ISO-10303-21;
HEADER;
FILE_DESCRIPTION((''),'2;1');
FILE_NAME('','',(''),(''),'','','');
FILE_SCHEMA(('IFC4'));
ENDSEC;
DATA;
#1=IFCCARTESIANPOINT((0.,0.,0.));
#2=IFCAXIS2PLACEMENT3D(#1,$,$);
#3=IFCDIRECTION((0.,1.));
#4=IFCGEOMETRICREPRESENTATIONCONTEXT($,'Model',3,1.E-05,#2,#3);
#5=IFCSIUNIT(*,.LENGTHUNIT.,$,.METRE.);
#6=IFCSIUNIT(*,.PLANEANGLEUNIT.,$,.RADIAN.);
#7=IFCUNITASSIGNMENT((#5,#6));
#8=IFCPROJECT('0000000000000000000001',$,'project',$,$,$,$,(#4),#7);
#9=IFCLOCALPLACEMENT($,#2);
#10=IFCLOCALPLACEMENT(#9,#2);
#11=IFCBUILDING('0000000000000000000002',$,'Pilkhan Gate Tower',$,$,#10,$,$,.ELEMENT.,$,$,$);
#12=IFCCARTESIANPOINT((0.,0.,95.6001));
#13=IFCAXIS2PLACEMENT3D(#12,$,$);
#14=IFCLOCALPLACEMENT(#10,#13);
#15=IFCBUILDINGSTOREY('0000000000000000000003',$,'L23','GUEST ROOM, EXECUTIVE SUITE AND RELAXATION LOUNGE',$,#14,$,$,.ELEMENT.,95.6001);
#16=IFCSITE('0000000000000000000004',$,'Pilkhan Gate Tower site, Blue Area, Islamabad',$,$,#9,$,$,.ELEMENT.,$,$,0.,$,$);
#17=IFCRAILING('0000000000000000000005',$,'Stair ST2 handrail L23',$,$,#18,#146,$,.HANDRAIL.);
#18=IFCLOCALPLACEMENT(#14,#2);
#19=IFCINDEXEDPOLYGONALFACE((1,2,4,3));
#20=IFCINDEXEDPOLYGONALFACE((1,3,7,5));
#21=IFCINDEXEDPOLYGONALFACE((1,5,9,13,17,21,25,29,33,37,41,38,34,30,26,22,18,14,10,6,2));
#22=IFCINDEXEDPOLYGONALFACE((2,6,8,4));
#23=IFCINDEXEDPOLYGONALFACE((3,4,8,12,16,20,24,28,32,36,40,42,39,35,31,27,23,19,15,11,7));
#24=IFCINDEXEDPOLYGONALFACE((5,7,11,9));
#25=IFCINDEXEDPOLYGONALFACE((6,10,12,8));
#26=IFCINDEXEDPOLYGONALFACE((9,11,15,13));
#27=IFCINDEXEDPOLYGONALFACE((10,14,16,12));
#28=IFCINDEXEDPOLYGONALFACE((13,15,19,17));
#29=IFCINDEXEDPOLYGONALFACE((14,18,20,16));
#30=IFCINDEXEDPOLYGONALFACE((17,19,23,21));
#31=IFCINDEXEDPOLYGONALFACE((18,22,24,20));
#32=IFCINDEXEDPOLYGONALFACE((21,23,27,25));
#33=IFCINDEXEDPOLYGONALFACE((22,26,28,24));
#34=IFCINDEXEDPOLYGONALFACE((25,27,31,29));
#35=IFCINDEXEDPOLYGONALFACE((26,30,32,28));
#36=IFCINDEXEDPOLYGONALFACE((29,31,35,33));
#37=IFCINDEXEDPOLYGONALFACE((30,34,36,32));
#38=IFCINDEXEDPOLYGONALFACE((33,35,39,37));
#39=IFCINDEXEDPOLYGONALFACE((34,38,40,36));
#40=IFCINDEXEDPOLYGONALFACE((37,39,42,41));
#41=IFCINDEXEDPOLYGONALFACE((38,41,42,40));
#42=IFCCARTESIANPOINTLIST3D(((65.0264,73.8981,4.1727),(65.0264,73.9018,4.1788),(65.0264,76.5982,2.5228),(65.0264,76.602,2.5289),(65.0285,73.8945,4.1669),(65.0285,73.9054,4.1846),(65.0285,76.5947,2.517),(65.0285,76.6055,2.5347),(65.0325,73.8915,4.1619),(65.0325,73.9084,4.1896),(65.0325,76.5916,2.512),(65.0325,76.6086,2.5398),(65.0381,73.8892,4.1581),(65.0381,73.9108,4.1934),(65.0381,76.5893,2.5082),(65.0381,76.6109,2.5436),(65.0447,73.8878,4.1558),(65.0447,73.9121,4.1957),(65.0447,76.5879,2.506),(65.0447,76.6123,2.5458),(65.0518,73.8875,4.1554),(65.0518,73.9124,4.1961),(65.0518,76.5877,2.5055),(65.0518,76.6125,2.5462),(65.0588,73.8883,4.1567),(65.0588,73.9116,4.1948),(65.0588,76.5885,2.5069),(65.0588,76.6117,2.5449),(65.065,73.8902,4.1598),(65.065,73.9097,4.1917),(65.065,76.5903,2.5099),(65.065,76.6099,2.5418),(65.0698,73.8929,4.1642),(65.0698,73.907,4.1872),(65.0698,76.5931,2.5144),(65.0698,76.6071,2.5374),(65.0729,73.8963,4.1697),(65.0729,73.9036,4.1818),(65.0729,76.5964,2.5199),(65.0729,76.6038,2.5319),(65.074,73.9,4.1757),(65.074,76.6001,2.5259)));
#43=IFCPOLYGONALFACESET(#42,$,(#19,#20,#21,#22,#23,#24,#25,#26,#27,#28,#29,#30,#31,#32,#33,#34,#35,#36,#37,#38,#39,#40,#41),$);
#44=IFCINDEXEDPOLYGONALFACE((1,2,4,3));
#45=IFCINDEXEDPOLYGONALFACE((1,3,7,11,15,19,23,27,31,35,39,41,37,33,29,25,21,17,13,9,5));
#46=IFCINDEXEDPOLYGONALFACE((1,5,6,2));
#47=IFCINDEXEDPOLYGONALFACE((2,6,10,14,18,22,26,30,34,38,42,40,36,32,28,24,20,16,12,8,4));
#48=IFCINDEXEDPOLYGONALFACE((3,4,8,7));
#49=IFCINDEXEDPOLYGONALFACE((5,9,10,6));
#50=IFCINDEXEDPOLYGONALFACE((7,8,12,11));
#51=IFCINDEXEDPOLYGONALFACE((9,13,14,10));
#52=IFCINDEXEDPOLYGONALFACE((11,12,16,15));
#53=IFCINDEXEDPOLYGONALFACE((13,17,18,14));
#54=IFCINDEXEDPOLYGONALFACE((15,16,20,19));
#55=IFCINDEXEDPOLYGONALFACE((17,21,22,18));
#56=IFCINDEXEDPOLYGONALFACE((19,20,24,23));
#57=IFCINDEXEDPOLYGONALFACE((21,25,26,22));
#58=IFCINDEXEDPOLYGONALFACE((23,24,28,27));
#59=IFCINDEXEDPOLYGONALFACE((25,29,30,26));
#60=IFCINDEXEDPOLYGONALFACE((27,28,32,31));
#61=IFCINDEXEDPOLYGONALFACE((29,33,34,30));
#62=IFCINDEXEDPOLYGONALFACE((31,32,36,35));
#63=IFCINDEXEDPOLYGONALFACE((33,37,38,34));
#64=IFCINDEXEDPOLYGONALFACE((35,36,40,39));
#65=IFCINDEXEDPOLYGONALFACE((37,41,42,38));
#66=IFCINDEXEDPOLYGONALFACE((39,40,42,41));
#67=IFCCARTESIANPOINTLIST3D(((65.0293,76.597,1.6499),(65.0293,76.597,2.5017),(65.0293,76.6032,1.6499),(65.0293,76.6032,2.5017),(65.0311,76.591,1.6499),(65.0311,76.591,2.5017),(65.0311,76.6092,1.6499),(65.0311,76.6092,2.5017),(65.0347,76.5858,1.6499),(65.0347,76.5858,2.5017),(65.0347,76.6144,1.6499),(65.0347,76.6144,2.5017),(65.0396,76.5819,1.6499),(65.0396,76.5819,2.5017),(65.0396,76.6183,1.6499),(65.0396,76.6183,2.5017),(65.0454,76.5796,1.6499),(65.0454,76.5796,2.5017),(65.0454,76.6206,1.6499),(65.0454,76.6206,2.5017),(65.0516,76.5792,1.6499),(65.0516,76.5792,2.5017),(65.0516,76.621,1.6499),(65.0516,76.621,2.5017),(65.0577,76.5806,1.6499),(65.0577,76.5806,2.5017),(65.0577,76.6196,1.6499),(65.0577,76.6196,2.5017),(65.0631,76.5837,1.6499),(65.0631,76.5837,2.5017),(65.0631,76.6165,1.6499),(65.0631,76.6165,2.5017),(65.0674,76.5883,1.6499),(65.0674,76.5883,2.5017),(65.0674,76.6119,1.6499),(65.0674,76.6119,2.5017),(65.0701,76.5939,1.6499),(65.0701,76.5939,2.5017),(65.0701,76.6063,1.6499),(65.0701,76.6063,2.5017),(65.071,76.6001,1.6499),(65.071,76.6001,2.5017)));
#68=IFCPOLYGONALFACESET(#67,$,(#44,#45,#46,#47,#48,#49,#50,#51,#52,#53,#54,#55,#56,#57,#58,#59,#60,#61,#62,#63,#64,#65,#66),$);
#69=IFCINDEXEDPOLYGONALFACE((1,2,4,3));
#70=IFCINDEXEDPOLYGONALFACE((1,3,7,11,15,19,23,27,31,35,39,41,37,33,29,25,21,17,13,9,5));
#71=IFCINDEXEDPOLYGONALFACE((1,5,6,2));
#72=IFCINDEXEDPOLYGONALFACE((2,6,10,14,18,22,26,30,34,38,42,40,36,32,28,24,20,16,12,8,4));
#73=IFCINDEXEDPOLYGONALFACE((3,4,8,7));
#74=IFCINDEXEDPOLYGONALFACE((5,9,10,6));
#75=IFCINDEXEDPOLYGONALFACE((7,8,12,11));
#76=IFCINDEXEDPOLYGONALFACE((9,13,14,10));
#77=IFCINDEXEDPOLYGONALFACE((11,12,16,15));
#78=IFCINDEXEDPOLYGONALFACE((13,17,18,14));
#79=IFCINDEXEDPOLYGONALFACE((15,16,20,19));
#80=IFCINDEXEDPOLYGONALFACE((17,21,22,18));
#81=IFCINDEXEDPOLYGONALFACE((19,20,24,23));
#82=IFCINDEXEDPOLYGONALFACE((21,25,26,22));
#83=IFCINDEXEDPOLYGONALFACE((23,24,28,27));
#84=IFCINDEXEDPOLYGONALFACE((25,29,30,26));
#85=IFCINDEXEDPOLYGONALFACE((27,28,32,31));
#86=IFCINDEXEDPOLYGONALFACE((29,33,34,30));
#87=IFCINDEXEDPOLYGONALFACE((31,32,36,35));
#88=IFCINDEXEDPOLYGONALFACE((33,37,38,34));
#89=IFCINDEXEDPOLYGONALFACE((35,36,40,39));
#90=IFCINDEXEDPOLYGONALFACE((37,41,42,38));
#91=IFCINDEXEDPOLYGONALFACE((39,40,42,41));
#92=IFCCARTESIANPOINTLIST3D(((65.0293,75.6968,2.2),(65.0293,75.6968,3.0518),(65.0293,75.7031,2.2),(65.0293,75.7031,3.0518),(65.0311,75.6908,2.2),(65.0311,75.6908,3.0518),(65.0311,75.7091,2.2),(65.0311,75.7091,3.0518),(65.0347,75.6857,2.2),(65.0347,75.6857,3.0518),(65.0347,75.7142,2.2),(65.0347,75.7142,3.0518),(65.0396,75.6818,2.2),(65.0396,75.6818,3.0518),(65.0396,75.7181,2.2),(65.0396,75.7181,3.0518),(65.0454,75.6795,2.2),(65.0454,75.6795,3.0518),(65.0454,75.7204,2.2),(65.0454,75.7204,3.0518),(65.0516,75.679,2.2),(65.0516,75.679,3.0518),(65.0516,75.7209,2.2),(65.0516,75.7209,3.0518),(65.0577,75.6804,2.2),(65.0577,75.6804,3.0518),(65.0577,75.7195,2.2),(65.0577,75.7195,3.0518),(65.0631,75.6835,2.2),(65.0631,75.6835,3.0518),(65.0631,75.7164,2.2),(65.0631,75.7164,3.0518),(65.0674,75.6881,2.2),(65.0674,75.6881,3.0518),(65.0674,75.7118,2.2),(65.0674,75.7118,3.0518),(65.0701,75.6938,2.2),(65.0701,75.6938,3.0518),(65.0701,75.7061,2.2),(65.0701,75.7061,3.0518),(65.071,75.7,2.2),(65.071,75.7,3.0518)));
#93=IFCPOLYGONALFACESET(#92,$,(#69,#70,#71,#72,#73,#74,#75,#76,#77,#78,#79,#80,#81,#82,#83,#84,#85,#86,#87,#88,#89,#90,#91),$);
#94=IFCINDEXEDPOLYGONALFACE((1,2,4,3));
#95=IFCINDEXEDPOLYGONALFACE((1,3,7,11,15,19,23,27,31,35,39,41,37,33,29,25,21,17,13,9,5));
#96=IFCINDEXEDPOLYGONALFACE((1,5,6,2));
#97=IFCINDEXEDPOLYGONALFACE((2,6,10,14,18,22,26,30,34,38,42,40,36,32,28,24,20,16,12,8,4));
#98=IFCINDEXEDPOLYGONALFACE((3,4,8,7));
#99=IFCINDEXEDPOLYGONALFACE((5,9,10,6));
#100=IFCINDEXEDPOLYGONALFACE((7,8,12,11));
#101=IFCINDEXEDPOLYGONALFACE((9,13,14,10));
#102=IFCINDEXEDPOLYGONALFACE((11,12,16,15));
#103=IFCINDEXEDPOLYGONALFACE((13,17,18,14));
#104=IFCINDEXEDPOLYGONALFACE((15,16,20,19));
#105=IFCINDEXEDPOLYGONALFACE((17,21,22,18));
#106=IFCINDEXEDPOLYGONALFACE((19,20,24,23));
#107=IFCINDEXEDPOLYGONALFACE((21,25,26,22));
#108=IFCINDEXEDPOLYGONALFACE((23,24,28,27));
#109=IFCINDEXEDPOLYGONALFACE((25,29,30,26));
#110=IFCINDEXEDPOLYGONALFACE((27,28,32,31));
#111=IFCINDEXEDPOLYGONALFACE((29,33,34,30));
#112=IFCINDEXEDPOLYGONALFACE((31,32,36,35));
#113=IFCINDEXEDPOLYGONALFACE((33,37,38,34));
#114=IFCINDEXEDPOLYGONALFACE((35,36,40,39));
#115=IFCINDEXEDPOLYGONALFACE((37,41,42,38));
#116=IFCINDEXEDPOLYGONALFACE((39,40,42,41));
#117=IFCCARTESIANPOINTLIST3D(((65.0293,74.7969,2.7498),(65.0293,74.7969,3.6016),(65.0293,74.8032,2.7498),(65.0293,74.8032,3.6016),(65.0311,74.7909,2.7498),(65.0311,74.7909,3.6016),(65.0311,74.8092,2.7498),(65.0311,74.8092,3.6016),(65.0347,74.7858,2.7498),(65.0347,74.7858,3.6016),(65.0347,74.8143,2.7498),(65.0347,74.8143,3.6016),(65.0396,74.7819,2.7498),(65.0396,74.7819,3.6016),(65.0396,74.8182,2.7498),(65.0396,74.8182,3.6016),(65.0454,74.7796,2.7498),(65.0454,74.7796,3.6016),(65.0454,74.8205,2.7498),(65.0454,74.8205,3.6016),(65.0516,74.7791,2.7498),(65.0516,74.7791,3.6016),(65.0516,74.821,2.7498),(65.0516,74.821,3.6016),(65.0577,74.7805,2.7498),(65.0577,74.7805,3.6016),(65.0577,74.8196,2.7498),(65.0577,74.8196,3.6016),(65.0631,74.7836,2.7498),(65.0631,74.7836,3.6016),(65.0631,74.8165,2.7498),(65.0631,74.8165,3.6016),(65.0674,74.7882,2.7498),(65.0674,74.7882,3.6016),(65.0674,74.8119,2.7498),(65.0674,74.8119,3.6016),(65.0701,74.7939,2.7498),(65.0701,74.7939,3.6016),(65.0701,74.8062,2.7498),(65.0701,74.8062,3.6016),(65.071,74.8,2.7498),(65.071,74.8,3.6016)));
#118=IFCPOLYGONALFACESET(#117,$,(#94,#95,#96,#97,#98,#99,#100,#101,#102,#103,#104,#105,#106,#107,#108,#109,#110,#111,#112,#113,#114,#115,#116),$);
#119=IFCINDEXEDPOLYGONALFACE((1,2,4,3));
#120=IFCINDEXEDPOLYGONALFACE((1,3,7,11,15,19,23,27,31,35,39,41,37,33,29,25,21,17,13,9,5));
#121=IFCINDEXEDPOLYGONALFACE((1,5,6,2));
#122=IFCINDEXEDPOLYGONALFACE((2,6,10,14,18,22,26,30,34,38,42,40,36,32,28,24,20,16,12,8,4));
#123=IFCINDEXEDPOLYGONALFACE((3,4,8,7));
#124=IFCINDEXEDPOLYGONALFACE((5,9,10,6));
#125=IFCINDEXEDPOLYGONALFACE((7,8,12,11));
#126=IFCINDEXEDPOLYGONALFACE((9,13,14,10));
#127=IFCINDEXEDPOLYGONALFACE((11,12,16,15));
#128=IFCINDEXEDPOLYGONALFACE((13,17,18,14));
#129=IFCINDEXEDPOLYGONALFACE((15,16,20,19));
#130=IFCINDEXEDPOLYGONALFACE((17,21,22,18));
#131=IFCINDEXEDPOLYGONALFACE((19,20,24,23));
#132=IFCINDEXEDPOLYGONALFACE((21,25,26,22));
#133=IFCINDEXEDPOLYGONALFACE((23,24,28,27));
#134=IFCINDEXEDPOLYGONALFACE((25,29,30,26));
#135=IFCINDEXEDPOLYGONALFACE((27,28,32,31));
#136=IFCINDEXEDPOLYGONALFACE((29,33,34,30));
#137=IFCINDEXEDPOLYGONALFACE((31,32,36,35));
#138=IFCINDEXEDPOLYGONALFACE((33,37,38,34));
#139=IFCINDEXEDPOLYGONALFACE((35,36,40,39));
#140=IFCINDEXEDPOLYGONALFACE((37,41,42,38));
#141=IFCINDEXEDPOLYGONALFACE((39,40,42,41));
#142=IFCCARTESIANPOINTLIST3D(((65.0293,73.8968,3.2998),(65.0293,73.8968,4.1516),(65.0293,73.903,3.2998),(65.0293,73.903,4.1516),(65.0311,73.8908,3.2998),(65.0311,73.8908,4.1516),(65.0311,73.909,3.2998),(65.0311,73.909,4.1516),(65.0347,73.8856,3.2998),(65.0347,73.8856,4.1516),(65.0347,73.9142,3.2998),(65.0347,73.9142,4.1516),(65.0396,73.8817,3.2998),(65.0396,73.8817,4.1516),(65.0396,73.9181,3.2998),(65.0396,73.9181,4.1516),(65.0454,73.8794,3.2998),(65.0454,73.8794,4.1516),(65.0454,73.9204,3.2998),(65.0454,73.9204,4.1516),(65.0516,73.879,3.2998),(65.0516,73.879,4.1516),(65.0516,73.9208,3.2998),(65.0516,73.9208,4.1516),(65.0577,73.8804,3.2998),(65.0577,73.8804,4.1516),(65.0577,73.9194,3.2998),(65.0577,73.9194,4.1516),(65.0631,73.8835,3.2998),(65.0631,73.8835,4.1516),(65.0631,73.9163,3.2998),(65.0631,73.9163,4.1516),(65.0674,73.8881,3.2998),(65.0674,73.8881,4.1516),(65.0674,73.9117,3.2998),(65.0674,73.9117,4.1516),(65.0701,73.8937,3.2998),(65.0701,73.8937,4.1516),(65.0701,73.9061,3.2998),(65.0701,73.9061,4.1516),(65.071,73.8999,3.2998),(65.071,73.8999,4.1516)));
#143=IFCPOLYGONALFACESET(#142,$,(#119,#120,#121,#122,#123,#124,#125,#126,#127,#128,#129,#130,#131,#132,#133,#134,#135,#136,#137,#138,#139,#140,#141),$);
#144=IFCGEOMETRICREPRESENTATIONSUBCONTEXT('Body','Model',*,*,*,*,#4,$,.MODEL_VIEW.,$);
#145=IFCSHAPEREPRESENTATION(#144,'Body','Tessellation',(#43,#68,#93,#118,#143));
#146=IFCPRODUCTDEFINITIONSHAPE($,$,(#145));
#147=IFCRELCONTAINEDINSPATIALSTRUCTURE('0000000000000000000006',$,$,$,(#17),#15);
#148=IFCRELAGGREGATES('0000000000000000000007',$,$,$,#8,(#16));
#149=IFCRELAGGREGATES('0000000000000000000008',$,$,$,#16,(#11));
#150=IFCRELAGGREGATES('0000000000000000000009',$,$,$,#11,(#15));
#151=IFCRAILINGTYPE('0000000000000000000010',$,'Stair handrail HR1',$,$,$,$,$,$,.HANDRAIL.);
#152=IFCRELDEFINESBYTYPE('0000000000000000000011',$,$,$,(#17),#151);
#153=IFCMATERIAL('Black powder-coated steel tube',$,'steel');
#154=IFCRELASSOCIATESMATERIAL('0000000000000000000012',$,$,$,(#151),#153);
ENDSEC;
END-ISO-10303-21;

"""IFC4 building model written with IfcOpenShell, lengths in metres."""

from ifc_helpers import new_model, si_unit, direction, frame, origin, origin_2d, place, context, subcontext, project, spatial, circle, extrude, material, type_object, element, save


model = new_model("IFC4")

# Units and contexts
model_context = context("Model", 3, precision=1e-05, world=origin(), true_north=direction((0.0, 1.0)))
body_context = subcontext(model_context, "Body", "Model", "MODEL_VIEW")
ifc_project = project(units=[si_unit("LENGTHUNIT", "METRE"), si_unit("PLANEANGLEUNIT", "RADIAN")], contexts=[model_context])

# Site, building, storey
site_placement = place(None, origin())
site = spatial("IfcSite", under=ifc_project, at=site_placement, Name="Pilkhan Gate Tower site, Blue Area, Islamabad", CompositionType="ELEMENT", RefElevation=0.0)
building_placement = place(site_placement, origin())
building = spatial("IfcBuilding", under=site, at=building_placement, Name="Pilkhan Gate Tower", CompositionType="ELEMENT")
storey_placement = place(building_placement, frame((0.0, 0.0, 95.6001)))
storey = spatial("IfcBuildingStorey", under=building, at=storey_placement, Name="L23", Description="GUEST ROOM, EXECUTIVE SUITE AND RELAXATION LOUNGE", CompositionType="ELEMENT", Elevation=95.6001)

# Railing
ifc_material_1 = material(Name="Black powder-coated steel tube", Category="steel")
railing_type_1 = type_object("IfcRailingType", Name="Stair handrail HR1", PredefinedType="HANDRAIL", material=ifc_material_1)
railing_1_placement = place(storey_placement, frame((65.05, 76.6001, 1.6499)))
element("IfcRailing", 1, at=railing_1_placement, inside=storey, type_object=railing_type_1, Name="Stair ST2 handrail L23", PredefinedType="HANDRAIL", context=body_context, shape_type="SweptSolid", body=[
    extrude(circle(Radius=0.0239, at=origin_2d()), frame((0.0, 0.0, 0.876), z_axis=(0.0, -0.853312, 0.5214), x_axis=(1.0, 0.0, 0.0)), (0.0, 0.0, 1.0), 3.1643),
    extrude(circle(Radius=0.021, at=origin_2d()), origin(), (0.0, 0.0, 1.0), 0.8518),
    extrude(circle(Radius=0.021, at=origin_2d()), frame((0.0, -0.9001, 0.55)), (0.0, 0.0, 1.0), 0.8518),
    extrude(circle(Radius=0.021, at=origin_2d()), frame((0.0, -1.8, 1.0999)), (0.0, 0.0, 1.0), 0.8518),
    extrude(circle(Radius=0.021, at=origin_2d()), frame((0.0, -2.7002, 1.6499)), (0.0, 0.0, 1.0), 0.8518),
])

save(model, "model.ifc")
